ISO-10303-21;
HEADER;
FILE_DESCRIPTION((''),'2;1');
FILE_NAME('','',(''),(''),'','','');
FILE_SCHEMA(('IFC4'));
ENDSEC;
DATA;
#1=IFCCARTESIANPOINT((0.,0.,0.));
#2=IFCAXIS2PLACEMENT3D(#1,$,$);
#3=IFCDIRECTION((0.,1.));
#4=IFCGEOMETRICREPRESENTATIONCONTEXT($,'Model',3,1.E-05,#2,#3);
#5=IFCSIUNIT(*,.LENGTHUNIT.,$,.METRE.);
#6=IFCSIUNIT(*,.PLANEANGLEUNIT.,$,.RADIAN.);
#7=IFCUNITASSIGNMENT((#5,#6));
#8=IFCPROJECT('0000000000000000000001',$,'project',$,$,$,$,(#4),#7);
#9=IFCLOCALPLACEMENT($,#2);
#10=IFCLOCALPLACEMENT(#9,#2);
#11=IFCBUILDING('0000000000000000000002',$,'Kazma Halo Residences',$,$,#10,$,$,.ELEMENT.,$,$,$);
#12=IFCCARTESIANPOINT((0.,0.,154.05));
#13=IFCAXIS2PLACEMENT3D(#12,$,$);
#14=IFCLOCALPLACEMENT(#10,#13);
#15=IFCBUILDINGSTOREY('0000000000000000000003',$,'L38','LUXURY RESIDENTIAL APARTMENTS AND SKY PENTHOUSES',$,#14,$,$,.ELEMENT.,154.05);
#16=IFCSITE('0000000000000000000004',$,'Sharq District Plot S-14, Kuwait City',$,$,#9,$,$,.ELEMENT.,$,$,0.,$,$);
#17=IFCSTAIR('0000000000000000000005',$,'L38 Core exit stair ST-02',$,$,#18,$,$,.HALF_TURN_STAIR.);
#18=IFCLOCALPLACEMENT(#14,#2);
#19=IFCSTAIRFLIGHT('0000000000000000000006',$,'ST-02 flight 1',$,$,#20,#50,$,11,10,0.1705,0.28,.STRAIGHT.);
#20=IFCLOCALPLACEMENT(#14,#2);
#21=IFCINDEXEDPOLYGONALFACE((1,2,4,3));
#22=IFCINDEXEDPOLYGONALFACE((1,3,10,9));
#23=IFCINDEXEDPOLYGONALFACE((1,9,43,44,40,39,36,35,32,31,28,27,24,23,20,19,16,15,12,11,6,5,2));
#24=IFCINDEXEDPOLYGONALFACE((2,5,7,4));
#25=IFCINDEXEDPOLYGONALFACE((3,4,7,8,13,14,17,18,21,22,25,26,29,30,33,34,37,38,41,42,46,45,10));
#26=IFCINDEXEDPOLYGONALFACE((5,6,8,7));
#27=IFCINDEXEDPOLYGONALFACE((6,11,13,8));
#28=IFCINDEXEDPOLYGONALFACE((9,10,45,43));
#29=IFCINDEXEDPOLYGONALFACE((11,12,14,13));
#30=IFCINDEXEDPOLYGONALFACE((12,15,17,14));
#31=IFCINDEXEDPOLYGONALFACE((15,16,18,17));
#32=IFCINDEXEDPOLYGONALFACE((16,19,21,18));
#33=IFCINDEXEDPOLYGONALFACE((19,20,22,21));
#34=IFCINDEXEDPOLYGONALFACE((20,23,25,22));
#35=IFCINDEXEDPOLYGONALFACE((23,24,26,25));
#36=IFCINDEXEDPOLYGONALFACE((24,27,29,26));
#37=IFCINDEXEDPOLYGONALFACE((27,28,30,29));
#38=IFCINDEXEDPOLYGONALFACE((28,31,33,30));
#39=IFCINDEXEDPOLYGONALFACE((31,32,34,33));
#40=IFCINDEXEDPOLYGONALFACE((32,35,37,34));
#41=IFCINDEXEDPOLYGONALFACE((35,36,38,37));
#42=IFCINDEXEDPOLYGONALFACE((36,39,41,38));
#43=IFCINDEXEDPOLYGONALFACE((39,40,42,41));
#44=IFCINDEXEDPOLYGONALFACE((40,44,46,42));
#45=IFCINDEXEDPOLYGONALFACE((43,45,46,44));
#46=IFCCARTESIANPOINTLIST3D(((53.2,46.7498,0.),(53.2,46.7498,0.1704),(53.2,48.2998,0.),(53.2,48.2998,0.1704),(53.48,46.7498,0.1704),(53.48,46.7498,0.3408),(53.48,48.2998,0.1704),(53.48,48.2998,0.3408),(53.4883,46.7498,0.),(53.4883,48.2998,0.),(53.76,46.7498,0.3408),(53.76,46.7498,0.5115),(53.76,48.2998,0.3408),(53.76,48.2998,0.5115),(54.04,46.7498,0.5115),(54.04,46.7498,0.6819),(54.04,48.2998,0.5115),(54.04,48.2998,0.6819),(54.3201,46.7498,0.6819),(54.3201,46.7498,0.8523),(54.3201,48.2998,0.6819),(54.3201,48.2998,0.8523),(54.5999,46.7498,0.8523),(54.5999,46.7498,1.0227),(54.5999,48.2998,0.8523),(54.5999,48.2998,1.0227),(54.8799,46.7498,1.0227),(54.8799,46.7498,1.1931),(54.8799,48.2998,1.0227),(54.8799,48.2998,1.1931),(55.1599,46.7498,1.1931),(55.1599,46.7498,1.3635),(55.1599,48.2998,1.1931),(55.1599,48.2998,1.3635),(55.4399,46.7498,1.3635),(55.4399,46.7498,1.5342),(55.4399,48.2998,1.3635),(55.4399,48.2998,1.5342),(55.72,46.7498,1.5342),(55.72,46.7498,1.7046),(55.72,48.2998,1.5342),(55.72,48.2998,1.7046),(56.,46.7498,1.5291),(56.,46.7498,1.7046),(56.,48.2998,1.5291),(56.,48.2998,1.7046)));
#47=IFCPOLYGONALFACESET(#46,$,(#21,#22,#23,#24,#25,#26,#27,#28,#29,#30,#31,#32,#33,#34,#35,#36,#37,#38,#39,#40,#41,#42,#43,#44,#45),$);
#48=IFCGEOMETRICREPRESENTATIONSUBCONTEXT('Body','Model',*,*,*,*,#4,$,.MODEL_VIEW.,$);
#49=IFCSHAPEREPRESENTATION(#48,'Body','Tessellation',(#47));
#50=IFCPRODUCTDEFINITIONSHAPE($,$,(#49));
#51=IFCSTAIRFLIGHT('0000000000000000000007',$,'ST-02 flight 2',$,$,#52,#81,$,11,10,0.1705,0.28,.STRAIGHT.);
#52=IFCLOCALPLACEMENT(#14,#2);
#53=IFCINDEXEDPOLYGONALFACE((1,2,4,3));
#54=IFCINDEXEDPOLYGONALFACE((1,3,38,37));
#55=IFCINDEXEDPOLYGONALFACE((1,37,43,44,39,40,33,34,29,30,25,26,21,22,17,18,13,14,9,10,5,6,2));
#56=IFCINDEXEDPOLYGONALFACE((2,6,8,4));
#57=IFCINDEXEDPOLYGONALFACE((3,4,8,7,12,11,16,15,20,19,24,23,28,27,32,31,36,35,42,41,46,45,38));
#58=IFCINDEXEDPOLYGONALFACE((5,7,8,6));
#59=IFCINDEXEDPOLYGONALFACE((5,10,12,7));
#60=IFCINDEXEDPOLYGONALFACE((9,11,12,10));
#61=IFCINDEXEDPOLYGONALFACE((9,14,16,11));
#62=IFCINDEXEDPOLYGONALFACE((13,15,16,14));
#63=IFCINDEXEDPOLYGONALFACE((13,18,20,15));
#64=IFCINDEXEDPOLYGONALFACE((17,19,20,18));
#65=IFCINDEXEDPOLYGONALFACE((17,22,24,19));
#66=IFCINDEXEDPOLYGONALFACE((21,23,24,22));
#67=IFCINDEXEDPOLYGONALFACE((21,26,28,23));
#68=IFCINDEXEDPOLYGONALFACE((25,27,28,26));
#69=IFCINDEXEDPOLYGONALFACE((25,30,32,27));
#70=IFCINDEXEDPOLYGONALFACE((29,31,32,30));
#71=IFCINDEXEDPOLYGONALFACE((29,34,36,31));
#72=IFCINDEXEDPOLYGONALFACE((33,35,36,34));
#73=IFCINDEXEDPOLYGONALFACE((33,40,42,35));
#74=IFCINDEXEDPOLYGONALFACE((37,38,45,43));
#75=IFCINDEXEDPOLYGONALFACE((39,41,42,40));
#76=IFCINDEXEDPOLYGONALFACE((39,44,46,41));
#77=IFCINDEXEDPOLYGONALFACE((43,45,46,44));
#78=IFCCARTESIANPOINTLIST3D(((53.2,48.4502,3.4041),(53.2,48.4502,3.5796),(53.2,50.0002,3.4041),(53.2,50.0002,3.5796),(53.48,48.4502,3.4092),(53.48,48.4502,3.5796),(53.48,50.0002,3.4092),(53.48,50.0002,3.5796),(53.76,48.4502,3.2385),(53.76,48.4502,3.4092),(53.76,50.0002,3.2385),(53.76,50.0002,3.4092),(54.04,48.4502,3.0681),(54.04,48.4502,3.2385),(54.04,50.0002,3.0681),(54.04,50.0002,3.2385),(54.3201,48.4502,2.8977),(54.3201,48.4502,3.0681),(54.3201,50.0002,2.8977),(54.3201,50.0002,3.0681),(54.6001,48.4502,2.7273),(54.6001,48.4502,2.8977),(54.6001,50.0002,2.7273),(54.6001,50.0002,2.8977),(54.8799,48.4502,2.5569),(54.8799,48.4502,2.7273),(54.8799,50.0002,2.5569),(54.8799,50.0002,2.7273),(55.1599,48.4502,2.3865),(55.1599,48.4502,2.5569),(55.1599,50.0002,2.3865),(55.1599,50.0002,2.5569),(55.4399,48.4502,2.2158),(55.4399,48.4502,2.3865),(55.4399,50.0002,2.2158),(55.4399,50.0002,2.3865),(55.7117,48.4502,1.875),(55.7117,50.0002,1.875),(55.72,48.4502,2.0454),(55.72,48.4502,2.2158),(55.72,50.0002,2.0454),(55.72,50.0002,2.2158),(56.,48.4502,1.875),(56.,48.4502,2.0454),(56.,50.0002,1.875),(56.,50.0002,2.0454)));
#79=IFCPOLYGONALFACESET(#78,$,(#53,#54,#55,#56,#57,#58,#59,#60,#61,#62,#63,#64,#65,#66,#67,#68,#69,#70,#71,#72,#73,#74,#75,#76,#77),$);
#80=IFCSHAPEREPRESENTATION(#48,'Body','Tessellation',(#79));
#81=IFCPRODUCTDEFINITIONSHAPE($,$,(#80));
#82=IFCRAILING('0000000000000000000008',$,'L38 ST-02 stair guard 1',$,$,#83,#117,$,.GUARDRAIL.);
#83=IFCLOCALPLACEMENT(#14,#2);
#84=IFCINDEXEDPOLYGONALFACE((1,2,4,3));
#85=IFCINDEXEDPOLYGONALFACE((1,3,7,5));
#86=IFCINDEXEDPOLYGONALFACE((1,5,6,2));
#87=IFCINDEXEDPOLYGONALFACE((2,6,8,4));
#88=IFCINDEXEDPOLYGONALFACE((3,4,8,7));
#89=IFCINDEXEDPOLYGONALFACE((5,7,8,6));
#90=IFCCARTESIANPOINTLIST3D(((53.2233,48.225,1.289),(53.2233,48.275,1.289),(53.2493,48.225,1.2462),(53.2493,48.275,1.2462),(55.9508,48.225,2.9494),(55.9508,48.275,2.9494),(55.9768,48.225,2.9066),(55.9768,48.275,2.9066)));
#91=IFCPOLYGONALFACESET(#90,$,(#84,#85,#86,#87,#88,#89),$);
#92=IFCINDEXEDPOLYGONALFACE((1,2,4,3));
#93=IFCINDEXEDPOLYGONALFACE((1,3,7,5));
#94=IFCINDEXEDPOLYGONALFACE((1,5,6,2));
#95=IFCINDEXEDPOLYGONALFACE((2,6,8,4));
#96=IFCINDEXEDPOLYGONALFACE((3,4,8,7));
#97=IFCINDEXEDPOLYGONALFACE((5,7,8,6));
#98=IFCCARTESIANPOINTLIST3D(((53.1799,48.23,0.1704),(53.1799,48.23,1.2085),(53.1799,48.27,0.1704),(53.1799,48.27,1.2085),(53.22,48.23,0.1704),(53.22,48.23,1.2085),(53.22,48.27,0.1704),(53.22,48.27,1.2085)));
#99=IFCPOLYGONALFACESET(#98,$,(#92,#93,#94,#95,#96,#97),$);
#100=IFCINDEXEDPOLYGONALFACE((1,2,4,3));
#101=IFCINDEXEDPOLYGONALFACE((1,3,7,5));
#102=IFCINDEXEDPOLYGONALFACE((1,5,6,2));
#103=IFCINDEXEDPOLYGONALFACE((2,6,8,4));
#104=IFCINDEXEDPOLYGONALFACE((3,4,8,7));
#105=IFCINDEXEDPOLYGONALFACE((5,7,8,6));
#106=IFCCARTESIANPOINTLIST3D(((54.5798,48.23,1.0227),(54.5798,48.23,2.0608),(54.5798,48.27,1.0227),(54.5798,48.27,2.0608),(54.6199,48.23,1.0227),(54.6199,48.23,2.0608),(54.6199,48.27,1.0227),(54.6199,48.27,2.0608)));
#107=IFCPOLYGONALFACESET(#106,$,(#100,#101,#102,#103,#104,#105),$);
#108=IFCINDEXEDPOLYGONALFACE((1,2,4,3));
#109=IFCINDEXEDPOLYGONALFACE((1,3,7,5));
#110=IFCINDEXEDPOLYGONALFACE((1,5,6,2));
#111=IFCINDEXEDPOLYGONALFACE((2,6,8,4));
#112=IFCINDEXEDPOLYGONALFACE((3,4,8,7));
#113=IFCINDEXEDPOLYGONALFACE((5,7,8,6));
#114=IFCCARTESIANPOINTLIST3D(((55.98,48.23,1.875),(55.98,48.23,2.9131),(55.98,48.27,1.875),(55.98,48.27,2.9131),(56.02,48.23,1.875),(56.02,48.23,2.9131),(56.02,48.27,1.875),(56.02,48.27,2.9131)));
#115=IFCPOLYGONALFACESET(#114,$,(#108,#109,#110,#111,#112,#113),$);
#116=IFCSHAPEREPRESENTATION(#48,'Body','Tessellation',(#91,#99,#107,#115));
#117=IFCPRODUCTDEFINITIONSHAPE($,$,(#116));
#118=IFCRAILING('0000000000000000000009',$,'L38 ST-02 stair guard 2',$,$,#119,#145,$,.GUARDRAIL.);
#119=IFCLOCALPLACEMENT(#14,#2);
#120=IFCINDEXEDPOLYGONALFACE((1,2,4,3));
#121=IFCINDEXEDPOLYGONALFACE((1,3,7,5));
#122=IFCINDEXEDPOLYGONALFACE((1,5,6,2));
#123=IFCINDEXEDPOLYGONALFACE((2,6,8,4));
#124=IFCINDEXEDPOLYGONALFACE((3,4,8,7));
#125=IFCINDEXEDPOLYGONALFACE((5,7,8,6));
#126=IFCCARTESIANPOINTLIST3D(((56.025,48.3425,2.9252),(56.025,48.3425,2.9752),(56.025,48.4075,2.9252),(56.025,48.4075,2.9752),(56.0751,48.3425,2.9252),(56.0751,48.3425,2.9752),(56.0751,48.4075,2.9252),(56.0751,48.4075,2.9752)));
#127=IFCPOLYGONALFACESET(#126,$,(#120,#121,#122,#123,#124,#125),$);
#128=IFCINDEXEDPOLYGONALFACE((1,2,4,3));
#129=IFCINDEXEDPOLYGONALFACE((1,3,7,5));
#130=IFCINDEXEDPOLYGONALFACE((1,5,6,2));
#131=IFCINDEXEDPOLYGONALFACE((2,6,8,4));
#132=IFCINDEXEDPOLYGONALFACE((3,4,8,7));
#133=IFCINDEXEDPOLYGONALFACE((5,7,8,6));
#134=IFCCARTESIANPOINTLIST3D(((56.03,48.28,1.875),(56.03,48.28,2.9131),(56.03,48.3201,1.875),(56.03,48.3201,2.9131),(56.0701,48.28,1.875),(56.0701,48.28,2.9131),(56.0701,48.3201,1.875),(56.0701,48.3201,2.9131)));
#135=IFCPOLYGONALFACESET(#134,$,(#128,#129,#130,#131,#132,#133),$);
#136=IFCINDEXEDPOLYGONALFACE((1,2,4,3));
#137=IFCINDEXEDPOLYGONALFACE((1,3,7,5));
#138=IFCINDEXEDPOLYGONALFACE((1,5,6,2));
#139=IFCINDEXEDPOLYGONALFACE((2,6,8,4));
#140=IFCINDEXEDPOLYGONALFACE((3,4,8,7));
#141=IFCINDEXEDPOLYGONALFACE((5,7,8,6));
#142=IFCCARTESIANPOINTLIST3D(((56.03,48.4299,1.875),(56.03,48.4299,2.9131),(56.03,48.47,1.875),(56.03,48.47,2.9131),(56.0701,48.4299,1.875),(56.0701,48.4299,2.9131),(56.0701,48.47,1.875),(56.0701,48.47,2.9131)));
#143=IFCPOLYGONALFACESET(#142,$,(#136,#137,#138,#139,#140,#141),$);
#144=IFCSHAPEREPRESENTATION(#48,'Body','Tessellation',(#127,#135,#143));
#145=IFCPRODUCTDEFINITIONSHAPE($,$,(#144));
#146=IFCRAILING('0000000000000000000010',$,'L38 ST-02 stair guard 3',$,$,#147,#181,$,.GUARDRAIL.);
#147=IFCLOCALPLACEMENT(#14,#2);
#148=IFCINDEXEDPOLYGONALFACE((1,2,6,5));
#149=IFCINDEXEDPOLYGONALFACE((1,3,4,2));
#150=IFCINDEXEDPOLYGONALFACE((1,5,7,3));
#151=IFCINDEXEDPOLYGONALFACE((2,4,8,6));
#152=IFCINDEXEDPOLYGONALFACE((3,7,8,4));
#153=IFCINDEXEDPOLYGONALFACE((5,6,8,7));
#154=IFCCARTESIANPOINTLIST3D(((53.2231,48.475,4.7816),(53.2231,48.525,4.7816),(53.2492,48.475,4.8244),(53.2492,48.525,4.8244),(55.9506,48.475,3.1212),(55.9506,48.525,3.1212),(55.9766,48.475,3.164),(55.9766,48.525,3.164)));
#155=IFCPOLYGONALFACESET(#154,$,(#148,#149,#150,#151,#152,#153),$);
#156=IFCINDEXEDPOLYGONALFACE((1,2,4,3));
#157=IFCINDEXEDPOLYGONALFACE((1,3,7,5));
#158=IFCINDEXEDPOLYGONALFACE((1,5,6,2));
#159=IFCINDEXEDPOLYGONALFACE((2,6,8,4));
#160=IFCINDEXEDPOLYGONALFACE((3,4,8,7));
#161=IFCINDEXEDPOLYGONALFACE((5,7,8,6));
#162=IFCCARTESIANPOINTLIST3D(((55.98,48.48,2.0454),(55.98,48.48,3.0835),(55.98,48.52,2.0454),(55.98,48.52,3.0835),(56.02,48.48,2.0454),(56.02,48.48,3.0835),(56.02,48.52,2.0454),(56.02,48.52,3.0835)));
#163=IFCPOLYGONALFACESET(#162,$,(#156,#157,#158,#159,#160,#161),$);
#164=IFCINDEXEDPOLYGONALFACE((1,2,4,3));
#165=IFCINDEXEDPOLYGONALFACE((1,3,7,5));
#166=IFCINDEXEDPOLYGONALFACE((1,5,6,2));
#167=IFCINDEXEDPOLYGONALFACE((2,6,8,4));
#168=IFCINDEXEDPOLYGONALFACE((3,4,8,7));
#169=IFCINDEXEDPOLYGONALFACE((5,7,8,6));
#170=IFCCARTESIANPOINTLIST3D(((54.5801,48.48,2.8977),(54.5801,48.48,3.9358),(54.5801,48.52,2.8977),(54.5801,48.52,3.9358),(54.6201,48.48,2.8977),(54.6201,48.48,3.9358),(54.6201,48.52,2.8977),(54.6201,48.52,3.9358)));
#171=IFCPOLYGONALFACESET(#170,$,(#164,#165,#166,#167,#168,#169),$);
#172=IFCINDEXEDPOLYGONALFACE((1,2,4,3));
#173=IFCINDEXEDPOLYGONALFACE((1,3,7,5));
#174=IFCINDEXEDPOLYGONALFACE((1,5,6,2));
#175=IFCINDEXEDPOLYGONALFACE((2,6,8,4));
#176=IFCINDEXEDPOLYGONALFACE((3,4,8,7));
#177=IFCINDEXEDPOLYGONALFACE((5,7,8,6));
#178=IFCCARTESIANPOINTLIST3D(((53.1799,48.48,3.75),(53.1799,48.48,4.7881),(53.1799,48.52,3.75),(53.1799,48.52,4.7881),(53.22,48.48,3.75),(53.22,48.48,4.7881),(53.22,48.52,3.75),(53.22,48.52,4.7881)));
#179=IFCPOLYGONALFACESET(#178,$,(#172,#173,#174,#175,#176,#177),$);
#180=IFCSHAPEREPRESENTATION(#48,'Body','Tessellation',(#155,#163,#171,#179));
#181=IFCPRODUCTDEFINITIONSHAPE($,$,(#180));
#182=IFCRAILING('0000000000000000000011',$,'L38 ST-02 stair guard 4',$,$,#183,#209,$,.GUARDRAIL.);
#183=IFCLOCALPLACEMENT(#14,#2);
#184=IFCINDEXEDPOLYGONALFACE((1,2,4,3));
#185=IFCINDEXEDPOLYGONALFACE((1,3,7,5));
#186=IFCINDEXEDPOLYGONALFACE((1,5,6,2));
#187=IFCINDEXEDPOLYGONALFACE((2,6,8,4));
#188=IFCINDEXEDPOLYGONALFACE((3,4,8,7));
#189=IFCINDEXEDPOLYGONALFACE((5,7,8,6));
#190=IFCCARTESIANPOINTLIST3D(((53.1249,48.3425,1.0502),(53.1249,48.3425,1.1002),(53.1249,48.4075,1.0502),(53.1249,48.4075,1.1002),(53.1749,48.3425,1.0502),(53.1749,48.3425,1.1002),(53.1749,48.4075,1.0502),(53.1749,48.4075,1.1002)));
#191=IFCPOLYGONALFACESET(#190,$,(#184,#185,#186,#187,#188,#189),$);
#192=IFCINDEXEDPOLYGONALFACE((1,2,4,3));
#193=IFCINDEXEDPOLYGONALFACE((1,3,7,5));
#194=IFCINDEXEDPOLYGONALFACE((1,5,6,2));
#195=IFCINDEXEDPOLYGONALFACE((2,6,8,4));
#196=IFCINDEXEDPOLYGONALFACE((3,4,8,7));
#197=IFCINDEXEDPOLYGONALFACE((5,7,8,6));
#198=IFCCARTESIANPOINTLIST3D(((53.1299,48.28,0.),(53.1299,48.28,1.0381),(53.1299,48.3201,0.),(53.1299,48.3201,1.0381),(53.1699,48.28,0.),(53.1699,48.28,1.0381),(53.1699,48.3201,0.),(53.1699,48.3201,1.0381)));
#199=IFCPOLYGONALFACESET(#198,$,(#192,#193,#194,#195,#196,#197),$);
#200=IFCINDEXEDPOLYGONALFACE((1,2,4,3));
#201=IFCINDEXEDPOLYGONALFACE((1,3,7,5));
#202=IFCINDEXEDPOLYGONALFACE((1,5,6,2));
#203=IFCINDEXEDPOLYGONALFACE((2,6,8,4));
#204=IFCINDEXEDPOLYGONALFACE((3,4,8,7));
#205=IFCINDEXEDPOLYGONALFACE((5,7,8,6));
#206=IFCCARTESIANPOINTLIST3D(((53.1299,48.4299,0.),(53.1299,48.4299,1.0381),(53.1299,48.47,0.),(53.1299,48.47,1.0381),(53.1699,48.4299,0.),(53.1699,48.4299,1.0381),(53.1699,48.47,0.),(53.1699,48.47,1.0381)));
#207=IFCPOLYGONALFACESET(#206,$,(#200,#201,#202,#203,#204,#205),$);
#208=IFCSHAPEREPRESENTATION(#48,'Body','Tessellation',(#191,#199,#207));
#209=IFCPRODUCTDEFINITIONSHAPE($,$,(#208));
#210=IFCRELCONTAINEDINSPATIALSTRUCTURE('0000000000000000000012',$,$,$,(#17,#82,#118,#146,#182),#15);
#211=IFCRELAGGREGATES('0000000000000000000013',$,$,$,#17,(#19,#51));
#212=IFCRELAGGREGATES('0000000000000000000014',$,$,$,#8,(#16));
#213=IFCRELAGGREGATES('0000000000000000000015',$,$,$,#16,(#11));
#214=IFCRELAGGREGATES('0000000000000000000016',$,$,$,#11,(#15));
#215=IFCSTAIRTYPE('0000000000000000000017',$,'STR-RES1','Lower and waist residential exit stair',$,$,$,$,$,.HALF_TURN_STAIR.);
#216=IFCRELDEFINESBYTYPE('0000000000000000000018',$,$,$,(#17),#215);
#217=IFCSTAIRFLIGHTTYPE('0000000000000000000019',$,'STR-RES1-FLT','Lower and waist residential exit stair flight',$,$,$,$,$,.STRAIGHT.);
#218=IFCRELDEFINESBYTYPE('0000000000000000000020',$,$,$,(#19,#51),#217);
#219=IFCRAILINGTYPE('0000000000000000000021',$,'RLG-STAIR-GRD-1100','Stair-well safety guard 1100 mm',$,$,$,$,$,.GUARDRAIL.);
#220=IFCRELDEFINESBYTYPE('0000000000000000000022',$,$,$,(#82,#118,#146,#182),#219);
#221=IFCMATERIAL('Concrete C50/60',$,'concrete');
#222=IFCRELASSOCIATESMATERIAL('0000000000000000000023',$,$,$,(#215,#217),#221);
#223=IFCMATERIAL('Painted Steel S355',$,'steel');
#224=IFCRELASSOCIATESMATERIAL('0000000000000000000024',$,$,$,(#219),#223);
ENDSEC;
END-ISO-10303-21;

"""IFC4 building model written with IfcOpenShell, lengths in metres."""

from ifc_helpers import new_model, si_unit, direction, frame, origin, origin_2d, place, context, subcontext, project, spatial, polyline, rectangle, outline, extrude, material, type_object, element, aggregate, save


model = new_model("IFC4")

# Units and contexts
model_context = context("Model", 3, precision=1e-05, world=origin(), true_north=direction((0.0, 1.0)))
body_context = subcontext(model_context, "Body", "Model", "MODEL_VIEW")
ifc_project = project(units=[si_unit("LENGTHUNIT", "METRE"), si_unit("PLANEANGLEUNIT", "RADIAN")], contexts=[model_context])

# Site, building, storey
site_placement = place(None, origin())
site = spatial("IfcSite", under=ifc_project, at=site_placement, Name="Sharq District Plot S-14, Kuwait City", CompositionType="ELEMENT", RefElevation=0.0)
building_placement = place(site_placement, origin())
building = spatial("IfcBuilding", under=site, at=building_placement, Name="Kazma Halo Residences", CompositionType="ELEMENT")
storey_placement = place(building_placement, frame((0.0, 0.0, 154.05)))
storey = spatial("IfcBuildingStorey", under=building, at=storey_placement, Name="L38", Description="LUXURY RESIDENTIAL APARTMENTS AND SKY PENTHOUSES", CompositionType="ELEMENT", Elevation=154.05)

# Shared definitions
ifc_material_1 = material(Name="Concrete C50/60", Category="concrete")

# Stair, stair flights
stair_type = type_object("IfcStairType", Name="STR-RES1", Description="Lower and waist residential exit stair", PredefinedType="HALF_TURN_STAIR", material=ifc_material_1)
stair_placement = place(storey_placement, origin())
stair = element("IfcStair", 1, at=stair_placement, inside=storey, type_object=stair_type, Name="L38 Core exit stair ST-02", PredefinedType="HALF_TURN_STAIR")
stair_flight_type = type_object("IfcStairFlightType", Name="STR-RES1-FLT", Description="Lower and waist residential exit stair flight", PredefinedType="STRAIGHT", material=ifc_material_1)
stair_flight_1_placement = place(storey_placement, frame((53.2, 47.5249, 0.0), z_axis=(0.0, 0.0, 1.0), x_axis=(1.0, 0.0, 0.0)))
stair_flight_1 = element("IfcStairFlight", 2, at=stair_flight_1_placement, type_object=stair_flight_type, Name="ST-02 flight 1", NumberOfRisers=11, NumberOfTreads=10, PredefinedType="STRAIGHT", RiserHeight=0.1705, TreadLength=0.28, context=body_context, shape_type="SweptSolid", body=[
    extrude(outline(polyline([(0.0, 0.0), (0.0, 0.1704), (0.28, 0.1704), (0.28, 0.3408), (0.5601, 0.3408), (0.5601, 0.5115), (0.8401, 0.5115), (0.8401, 0.6819), (1.1201, 0.6819), (1.1201, 0.8523), (1.3999, 0.8523), (1.3999, 1.0227), (1.6799, 1.0227), (1.6799, 1.1931), (1.96, 1.1931), (1.96, 1.3635), (2.24, 1.3635), (2.24, 1.5342), (2.52, 1.5342), (2.52, 1.7046), (2.8, 1.7046), (2.8, 1.875), (2.8, 1.5291), (0.2883, 0.0), (0.0, 0.0)])), frame((0.0, 0.7749, 0.0), z_axis=(0.0, -1.0, 0.0), x_axis=(1.0, 0.0, 0.0)), (0.0, 0.0, 1.0), 1.55),
])
stair_flight_2_placement = place(storey_placement, frame((56.0, 49.2251, 1.875), z_axis=(0.0, 0.0, 1.0), x_axis=(-1.0, 0.0, 0.0)))
stair_flight_2 = element("IfcStairFlight", 3, at=stair_flight_2_placement, type_object=stair_flight_type, Name="ST-02 flight 2", NumberOfRisers=11, NumberOfTreads=10, PredefinedType="STRAIGHT", RiserHeight=0.1705, TreadLength=0.28, context=body_context, shape_type="SweptSolid", body=[
    extrude(outline(polyline([(0.0, 0.0), (0.0, 0.1704), (0.28, 0.1704), (0.28, 0.3408), (0.5601, 0.3408), (0.5601, 0.5115), (0.8401, 0.5115), (0.8401, 0.6819), (1.1201, 0.6819), (1.1201, 0.8523), (1.3999, 0.8523), (1.3999, 1.0227), (1.6799, 1.0227), (1.6799, 1.1931), (1.96, 1.1931), (1.96, 1.3635), (2.24, 1.3635), (2.24, 1.5342), (2.52, 1.5342), (2.52, 1.7046), (2.8, 1.7046), (2.8, 1.875), (2.8, 1.5291), (0.2883, 0.0), (0.0, 0.0)])), frame((0.0, 0.7749, 0.0), z_axis=(0.0, -1.0, 0.0), x_axis=(1.0, 0.0, 0.0)), (0.0, 0.0, 1.0), 1.55),
])
aggregate(stair, [stair_flight_1, stair_flight_2])

# Railings
ifc_material_2 = material(Name="Painted Steel S355", Category="steel")
railing_type_1 = type_object("IfcRailingType", Name="RLG-STAIR-GRD-1100", Description="Stair-well safety guard 1100 mm", PredefinedType="GUARDRAIL", material=ifc_material_2)
railing_1_placement = place(storey_placement, frame((53.2, 48.25, 0.1704)))
element("IfcRailing", 4, at=railing_1_placement, inside=storey, type_object=railing_type_1, Name="L38 ST-02 stair guard 1", PredefinedType="GUARDRAIL", context=body_context, shape_type="SweptSolid", body=[
    extrude(rectangle(XDim=0.05, YDim=0.05, at=origin_2d()), frame((0.0364, 0.0, 1.0972), z_axis=(0.85417, 0.0, 0.519994), x_axis=(0.0, 1.0, 0.0)), (0.0, 0.0, 1.0), 3.1931),
    extrude(rectangle(XDim=0.04, YDim=0.04, at=origin_2d()), origin(), (0.0, 0.0, 1.0), 1.0381),
    extrude(rectangle(XDim=0.04, YDim=0.04, at=origin_2d()), frame((1.3999, 0.0, 0.8523)), (0.0, 0.0, 1.0), 1.0381),
    extrude(rectangle(XDim=0.04, YDim=0.04, at=origin_2d()), frame((2.8, 0.0, 1.7046)), (0.0, 0.0, 1.0), 1.0381),
])
railing_2_placement = place(storey_placement, frame((56.05, 48.3, 1.875)))
element("IfcRailing", 5, at=railing_2_placement, inside=storey, type_object=railing_type_1, Name="L38 ST-02 stair guard 2", PredefinedType="GUARDRAIL", context=body_context, shape_type="SweptSolid", body=[
    extrude(rectangle(XDim=0.05, YDim=0.05, at=origin_2d()), frame((0.0, 0.0425, 1.0752), z_axis=(0.0, 1.0, 0.0), x_axis=(-1.0, 0.0, 0.0)), (0.0, 0.0, 1.0), 0.0649),
    extrude(rectangle(XDim=0.04, YDim=0.04, at=origin_2d()), origin(), (0.0, 0.0, 1.0), 1.0381),
    extrude(rectangle(XDim=0.04, YDim=0.04, at=origin_2d()), frame((0.0, 0.1499, 0.0)), (0.0, 0.0, 1.0), 1.0381),
])
railing_3_placement = place(storey_placement, frame((56.0, 48.5, 2.0454)))
element("IfcRailing", 6, at=railing_3_placement, inside=storey, type_object=railing_type_1, Name="L38 ST-02 stair guard 3", PredefinedType="GUARDRAIL", context=body_context, shape_type="SweptSolid", body=[
    extrude(rectangle(XDim=0.05, YDim=0.05, at=origin_2d()), frame((-0.0364, 0.0, 1.0972), z_axis=(-0.85417, 0.0, 0.519994), x_axis=(0.0, -1.0, 0.0)), (0.0, 0.0, 1.0), 3.1931),
    extrude(rectangle(XDim=0.04, YDim=0.04, at=origin_2d()), origin(), (0.0, 0.0, 1.0), 1.0381),
    extrude(rectangle(XDim=0.04, YDim=0.04, at=origin_2d()), frame((-1.3999, 0.0, 0.8523)), (0.0, 0.0, 1.0), 1.0381),
    extrude(rectangle(XDim=0.04, YDim=0.04, at=origin_2d()), frame((-2.8, 0.0, 1.7046)), (0.0, 0.0, 1.0), 1.0381),
])
railing_4_placement = place(storey_placement, frame((53.1499, 48.3, 0.0)))
element("IfcRailing", 7, at=railing_4_placement, inside=storey, type_object=railing_type_1, Name="L38 ST-02 stair guard 4", PredefinedType="GUARDRAIL", context=body_context, shape_type="SweptSolid", body=[
    extrude(rectangle(XDim=0.05, YDim=0.05, at=origin_2d()), frame((0.0, 0.0425, 1.0752), z_axis=(0.0, 1.0, 0.0), x_axis=(-1.0, 0.0, 0.0)), (0.0, 0.0, 1.0), 0.0649),
    extrude(rectangle(XDim=0.04, YDim=0.04, at=origin_2d()), origin(), (0.0, 0.0, 1.0), 1.0381),
    extrude(rectangle(XDim=0.04, YDim=0.04, at=origin_2d()), frame((0.0, 0.1499, 0.0)), (0.0, 0.0, 1.0), 1.0381),
])

save(model, "model.ifc")
